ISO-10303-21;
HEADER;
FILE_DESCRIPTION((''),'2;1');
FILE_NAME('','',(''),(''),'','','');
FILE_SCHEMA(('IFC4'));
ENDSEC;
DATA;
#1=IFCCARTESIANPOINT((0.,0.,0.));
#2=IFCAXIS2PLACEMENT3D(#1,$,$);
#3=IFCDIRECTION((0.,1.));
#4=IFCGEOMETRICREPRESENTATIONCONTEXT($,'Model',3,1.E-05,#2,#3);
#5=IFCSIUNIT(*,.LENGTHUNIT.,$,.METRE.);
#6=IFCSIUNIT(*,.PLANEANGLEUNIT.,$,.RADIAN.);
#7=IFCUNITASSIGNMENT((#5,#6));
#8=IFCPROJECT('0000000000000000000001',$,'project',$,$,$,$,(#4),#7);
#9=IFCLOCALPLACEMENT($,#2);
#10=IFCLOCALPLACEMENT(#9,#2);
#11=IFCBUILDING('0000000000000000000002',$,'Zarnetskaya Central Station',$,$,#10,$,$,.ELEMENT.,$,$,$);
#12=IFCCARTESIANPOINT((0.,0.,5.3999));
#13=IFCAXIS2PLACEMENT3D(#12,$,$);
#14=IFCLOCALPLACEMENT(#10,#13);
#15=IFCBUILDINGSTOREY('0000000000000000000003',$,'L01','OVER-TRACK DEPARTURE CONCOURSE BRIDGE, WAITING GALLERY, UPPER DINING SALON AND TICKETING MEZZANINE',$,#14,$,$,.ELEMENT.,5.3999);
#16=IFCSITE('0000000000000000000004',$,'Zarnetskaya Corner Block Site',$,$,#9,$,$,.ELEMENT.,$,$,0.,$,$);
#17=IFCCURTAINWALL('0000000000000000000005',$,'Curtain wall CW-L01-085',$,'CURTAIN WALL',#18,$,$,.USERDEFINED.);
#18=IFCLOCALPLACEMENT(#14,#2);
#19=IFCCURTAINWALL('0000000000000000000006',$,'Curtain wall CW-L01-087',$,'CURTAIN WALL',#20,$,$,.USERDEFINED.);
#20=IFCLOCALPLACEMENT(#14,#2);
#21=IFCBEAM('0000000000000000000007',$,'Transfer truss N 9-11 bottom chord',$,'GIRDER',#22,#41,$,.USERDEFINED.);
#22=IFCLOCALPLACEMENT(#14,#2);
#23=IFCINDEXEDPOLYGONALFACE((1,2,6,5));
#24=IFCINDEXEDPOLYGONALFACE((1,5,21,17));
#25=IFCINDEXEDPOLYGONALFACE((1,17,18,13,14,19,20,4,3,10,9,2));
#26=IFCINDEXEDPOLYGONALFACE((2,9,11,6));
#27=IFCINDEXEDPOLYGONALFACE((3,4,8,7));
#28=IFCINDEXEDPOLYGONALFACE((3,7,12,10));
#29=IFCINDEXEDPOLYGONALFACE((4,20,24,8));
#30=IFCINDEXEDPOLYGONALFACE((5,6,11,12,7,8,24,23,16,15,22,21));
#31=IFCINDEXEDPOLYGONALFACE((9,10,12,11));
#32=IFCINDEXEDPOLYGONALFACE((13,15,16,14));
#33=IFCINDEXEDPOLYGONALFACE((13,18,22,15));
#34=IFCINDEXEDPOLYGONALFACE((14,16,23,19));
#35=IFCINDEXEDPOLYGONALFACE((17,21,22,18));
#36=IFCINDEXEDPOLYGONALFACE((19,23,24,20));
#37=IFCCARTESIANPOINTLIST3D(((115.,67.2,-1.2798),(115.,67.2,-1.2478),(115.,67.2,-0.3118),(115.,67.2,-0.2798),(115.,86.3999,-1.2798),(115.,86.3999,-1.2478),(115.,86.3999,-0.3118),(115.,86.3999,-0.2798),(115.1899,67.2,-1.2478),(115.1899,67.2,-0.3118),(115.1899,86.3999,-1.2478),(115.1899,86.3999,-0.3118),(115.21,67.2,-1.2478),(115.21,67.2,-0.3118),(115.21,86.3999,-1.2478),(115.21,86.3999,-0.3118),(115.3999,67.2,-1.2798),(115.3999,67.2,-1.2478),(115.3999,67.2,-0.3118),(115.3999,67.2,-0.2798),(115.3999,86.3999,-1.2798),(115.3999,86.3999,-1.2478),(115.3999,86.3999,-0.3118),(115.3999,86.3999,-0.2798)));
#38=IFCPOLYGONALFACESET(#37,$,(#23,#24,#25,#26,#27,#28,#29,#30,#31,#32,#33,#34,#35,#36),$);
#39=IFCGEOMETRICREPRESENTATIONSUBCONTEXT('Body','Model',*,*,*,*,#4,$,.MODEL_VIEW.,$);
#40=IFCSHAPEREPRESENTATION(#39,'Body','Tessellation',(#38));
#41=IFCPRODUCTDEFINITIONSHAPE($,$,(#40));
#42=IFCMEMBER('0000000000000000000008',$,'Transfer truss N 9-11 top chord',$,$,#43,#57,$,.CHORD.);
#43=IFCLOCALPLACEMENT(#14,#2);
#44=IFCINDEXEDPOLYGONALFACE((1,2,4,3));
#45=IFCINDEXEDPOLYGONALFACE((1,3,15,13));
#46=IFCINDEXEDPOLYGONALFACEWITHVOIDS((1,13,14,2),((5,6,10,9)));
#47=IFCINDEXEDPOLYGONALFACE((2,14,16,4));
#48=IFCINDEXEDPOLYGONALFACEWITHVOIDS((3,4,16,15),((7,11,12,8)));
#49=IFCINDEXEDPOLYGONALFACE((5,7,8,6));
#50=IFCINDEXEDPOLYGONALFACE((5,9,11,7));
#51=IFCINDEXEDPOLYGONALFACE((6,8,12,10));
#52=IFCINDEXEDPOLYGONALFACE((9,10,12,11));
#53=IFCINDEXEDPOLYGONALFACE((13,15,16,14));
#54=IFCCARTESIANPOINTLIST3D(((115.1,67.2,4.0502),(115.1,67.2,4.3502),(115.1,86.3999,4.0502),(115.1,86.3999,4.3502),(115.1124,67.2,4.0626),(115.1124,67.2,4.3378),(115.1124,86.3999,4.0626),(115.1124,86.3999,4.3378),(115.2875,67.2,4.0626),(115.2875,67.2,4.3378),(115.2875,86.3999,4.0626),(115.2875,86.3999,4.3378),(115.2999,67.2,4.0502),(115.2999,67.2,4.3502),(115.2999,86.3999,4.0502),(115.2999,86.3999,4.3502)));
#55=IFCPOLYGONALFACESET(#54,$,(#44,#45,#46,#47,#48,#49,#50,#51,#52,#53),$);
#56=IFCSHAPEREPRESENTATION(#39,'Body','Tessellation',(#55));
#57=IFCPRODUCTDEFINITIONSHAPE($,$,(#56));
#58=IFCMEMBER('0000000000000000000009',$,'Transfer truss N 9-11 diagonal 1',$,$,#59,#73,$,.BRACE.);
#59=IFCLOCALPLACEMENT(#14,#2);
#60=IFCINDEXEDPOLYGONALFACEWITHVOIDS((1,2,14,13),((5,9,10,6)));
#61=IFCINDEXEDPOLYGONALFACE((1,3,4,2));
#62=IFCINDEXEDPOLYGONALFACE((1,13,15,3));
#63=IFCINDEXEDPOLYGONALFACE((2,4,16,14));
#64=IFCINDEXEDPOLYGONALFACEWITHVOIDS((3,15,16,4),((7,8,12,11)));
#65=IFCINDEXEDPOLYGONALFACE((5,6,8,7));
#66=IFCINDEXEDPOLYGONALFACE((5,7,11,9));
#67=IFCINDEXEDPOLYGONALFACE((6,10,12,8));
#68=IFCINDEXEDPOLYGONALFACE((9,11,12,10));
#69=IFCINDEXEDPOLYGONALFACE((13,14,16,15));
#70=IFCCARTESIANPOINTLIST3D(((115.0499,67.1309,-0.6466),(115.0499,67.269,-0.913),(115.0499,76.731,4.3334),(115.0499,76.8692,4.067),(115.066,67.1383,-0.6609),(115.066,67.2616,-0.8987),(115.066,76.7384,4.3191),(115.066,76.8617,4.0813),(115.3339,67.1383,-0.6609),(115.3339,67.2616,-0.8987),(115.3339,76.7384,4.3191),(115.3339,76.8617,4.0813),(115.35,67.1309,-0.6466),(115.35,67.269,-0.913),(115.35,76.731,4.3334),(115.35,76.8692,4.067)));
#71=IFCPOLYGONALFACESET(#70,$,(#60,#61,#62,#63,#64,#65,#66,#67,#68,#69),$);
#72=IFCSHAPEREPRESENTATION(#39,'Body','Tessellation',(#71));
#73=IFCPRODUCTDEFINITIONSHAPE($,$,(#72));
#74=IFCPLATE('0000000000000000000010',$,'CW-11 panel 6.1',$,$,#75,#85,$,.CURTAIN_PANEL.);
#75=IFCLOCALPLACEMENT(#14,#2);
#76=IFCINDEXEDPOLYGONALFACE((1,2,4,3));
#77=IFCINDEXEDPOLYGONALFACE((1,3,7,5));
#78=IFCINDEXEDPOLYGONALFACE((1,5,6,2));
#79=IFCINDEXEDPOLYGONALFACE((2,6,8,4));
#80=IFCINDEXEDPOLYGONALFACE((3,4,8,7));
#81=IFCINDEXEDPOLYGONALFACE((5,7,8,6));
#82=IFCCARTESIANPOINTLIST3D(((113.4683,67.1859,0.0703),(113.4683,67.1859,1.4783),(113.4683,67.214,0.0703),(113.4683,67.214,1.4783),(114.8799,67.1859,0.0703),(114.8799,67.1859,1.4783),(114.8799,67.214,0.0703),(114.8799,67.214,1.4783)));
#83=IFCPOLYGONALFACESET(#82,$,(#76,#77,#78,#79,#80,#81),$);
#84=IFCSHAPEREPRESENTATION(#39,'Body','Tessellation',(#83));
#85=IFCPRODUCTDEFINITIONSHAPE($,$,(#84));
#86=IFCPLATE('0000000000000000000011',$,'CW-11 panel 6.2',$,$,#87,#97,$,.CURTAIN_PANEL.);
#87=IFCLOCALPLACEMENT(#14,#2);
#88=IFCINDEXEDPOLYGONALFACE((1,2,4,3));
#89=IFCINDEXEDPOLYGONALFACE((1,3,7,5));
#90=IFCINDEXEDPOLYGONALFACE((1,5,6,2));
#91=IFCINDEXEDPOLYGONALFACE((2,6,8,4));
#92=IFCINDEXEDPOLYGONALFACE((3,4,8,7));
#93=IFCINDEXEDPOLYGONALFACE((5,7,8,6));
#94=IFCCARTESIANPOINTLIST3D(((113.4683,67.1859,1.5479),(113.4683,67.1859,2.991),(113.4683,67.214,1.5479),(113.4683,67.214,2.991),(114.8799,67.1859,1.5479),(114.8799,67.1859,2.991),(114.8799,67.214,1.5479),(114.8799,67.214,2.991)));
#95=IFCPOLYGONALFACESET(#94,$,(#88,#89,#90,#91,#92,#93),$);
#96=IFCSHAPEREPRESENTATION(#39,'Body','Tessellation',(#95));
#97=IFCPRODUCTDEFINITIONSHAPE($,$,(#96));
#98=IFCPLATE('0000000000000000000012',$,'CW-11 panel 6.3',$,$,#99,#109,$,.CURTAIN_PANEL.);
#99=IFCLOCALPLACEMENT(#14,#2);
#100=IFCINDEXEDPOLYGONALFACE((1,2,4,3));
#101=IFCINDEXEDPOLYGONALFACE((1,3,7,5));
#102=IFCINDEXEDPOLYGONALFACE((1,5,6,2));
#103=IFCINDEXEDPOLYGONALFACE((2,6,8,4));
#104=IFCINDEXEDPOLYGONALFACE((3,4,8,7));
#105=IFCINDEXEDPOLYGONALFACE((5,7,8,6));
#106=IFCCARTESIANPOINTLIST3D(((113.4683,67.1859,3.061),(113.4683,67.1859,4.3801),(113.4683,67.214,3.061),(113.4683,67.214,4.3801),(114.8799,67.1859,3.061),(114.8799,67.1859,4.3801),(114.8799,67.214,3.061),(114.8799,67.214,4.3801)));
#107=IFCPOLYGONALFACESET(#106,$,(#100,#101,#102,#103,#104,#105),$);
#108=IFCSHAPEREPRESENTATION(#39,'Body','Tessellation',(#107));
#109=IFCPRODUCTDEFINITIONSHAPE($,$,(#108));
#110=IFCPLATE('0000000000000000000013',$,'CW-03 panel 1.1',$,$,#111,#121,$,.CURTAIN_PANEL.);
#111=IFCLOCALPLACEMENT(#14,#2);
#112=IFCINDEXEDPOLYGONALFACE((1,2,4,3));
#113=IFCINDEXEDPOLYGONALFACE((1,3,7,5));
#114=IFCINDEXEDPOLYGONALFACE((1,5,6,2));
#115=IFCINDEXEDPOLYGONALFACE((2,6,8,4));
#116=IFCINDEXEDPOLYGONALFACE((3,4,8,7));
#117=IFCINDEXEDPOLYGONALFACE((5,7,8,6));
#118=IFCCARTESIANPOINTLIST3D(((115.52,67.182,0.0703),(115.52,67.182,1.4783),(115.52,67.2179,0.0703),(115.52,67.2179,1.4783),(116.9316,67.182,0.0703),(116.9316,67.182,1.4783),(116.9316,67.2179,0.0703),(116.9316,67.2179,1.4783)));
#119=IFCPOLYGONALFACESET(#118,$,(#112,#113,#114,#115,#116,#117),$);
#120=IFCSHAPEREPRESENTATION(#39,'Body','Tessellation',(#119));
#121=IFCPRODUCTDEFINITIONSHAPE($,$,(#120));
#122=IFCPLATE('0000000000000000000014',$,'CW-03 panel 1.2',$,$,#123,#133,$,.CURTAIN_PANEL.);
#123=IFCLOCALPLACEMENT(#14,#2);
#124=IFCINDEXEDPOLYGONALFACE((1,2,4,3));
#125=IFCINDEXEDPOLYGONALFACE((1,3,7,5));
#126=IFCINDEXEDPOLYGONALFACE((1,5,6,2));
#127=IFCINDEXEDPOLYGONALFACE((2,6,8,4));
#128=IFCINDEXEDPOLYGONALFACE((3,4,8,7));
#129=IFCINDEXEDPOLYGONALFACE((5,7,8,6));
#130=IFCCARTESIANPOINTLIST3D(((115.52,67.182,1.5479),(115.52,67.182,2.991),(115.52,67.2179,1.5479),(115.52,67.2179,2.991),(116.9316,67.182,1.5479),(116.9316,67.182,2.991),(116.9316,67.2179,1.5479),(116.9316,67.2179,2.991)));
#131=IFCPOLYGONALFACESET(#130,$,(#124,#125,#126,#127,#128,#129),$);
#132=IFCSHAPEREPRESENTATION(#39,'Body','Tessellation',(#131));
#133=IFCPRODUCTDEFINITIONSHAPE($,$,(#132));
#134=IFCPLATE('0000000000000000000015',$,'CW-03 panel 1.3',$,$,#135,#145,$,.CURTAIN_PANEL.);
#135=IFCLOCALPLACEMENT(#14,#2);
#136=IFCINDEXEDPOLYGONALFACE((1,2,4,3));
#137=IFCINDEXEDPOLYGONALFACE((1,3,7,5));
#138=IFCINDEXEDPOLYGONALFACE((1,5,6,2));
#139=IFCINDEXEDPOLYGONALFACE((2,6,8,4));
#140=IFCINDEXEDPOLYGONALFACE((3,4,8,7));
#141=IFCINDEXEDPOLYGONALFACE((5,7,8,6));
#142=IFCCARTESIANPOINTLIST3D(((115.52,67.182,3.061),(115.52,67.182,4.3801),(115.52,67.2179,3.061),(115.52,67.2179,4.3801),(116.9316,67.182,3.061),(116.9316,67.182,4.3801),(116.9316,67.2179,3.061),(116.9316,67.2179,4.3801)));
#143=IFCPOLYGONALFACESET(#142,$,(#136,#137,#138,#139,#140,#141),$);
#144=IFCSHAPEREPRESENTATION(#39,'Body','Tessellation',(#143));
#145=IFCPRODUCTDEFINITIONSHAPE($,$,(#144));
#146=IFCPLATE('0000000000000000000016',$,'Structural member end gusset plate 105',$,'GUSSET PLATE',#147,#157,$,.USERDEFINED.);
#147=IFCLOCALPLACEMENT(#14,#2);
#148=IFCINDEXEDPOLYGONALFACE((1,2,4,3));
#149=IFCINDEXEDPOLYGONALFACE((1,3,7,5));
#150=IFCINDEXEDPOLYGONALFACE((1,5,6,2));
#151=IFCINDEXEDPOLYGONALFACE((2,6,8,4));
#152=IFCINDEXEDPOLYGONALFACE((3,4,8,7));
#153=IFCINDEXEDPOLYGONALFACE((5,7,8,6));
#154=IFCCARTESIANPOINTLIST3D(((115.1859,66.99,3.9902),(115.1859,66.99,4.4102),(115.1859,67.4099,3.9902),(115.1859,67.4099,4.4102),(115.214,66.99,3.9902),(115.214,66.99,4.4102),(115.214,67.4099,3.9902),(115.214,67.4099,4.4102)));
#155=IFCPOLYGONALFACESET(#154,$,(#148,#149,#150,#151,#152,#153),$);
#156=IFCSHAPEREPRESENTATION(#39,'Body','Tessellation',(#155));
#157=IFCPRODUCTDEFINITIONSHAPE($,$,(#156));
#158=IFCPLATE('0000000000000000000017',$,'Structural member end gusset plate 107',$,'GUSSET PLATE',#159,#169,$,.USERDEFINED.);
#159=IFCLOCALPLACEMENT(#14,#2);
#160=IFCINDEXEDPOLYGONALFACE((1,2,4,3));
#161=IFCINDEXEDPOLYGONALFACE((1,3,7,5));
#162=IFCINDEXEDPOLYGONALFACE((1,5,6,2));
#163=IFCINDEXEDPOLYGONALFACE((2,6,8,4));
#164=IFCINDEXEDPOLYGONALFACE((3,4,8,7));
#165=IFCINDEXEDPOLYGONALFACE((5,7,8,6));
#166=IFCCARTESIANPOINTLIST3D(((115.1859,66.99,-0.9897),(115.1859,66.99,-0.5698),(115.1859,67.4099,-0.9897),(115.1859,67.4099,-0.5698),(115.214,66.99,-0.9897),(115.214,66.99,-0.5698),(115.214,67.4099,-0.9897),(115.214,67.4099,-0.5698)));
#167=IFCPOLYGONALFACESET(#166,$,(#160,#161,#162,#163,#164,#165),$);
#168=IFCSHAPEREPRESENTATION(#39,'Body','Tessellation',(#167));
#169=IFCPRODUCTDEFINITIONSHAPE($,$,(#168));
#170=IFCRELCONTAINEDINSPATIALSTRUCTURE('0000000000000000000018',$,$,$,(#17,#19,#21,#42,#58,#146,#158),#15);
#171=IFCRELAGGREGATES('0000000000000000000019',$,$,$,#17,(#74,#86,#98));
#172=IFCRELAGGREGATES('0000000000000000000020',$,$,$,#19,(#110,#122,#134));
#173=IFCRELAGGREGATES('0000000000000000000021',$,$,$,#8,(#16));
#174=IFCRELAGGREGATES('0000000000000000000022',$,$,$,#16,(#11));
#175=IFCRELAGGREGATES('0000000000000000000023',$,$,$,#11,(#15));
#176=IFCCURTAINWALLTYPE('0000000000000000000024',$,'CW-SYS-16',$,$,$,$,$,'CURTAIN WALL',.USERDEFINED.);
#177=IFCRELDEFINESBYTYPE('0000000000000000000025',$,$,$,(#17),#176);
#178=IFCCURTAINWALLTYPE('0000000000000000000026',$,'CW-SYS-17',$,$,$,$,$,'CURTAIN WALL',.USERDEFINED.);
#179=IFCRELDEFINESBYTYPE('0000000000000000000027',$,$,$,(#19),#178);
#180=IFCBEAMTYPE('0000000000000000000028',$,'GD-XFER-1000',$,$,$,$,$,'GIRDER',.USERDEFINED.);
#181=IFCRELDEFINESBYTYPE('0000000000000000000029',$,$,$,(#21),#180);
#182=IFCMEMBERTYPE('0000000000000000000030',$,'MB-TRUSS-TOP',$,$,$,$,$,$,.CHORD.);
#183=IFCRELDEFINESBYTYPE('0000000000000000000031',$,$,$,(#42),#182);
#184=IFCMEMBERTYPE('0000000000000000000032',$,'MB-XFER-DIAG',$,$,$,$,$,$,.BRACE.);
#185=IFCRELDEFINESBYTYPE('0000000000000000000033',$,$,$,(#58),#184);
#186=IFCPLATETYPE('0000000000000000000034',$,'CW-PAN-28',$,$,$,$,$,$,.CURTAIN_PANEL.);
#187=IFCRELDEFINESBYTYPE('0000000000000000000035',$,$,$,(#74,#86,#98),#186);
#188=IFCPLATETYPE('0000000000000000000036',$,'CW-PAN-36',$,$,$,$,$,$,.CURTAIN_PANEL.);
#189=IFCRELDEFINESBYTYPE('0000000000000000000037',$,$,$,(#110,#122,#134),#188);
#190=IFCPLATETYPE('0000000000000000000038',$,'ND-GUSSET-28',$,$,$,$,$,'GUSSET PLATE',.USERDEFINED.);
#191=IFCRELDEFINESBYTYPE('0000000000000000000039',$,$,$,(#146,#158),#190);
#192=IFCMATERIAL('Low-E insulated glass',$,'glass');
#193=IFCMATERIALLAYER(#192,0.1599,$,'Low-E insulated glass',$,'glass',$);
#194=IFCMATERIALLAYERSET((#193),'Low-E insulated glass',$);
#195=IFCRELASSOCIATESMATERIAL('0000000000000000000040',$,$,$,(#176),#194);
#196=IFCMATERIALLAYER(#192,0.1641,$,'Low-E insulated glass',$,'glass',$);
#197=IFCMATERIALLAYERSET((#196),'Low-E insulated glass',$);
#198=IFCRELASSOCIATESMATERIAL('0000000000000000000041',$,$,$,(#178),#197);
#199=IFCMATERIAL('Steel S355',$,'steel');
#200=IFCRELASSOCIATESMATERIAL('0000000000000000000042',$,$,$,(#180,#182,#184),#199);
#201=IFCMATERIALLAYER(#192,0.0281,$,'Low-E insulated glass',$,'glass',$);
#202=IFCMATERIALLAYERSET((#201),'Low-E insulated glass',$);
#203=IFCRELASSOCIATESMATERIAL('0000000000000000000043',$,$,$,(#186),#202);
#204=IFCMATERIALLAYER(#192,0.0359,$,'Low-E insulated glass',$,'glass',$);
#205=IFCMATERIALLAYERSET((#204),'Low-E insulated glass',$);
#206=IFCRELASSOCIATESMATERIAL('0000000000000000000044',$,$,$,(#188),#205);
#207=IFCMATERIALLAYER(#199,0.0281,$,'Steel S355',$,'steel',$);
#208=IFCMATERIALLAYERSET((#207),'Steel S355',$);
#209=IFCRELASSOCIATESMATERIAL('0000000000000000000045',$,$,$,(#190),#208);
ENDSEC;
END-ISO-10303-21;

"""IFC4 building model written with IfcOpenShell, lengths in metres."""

from ifc_helpers import new_model, si_unit, direction, frame, origin, origin_2d, place, context, subcontext, project, spatial, rectangle, hollow_rectangle, i_section, extrude, material, layer, layer_set, material_profile, profile_set, type_object, element, aggregate, save


model = new_model("IFC4")

# Units and contexts
model_context = context("Model", 3, precision=1e-05, world=origin(), true_north=direction((0.0, 1.0)))
body_context = subcontext(model_context, "Body", "Model", "MODEL_VIEW")
ifc_project = project(units=[si_unit("LENGTHUNIT", "METRE"), si_unit("PLANEANGLEUNIT", "RADIAN")], contexts=[model_context])

# Site, building, storey
site_placement = place(None, origin())
site = spatial("IfcSite", under=ifc_project, at=site_placement, Name="Zarnetskaya Corner Block Site", CompositionType="ELEMENT", RefElevation=0.0)
building_placement = place(site_placement, origin())
building = spatial("IfcBuilding", under=site, at=building_placement, Name="Zarnetskaya Central Station", CompositionType="ELEMENT")
storey_placement = place(building_placement, frame((0.0, 0.0, 5.3999)))
storey = spatial("IfcBuildingStorey", under=building, at=storey_placement, Name="L01", Description="OVER-TRACK DEPARTURE CONCOURSE BRIDGE, WAITING GALLERY, UPPER DINING SALON AND TICKETING MEZZANINE", CompositionType="ELEMENT", Elevation=5.3999)

# Shared definitions
ifc_material_1 = material(Name="Steel S355", Category="steel")

# Curtain wall
ifc_material_2 = material(Name="Low-E insulated glass", Category="glass")
ifc_layer_1 = layer(ifc_material_2, 0.1599, Name="Low-E insulated glass", Category="glass")
ifc_layer_set_1 = layer_set([ifc_layer_1], Name="Low-E insulated glass")
curtain_wall_type_1 = type_object("IfcCurtainWallType", Name="CW-SYS-16", ElementType="CURTAIN WALL", PredefinedType="USERDEFINED", material=ifc_layer_set_1)
curtain_wall_1_placement = place(storey_placement, origin())
curtain_wall_1 = element("IfcCurtainWall", 1, at=curtain_wall_1_placement, inside=storey, type_object=curtain_wall_type_1, Name="Curtain wall CW-L01-085", ObjectType="CURTAIN WALL", PredefinedType="USERDEFINED")

# Curtain wall
ifc_layer_2 = layer(ifc_material_2, 0.1641, Name="Low-E insulated glass", Category="glass")
ifc_layer_set_2 = layer_set([ifc_layer_2], Name="Low-E insulated glass")
curtain_wall_type_2 = type_object("IfcCurtainWallType", Name="CW-SYS-17", ElementType="CURTAIN WALL", PredefinedType="USERDEFINED", material=ifc_layer_set_2)
curtain_wall_2_placement = place(storey_placement, origin())
curtain_wall_2 = element("IfcCurtainWall", 2, at=curtain_wall_2_placement, inside=storey, type_object=curtain_wall_type_2, Name="Curtain wall CW-L01-087", ObjectType="CURTAIN WALL", PredefinedType="USERDEFINED")

# Beam
ifc_material_profile_1 = material_profile(ifc_material_1, i_section(OverallWidth=0.3999, OverallDepth=1.0, WebThickness=0.02, FlangeThickness=0.032, at=origin_2d()), Name="PG 1000x400x20x32")
ifc_profile_set_1 = profile_set([ifc_material_profile_1], Name="Steel S355")
beam_type_1 = type_object("IfcBeamType", Name="GD-XFER-1000", ElementType="GIRDER", PredefinedType="USERDEFINED", material=ifc_profile_set_1)
beam_placement = place(storey_placement, frame((115.2, 67.2, -0.7798), z_axis=(0.0, 1.0, 0.0), x_axis=(-1.0, 0.0, 0.0)))
element("IfcBeam", 3, at=beam_placement, inside=storey, type_object=beam_type_1, Name="Transfer truss N 9-11 bottom chord", ObjectType="GIRDER", PredefinedType="USERDEFINED", context=body_context, shape_type="SweptSolid", body=[
    extrude(i_section(OverallWidth=0.3999, OverallDepth=1.0, WebThickness=0.02, FlangeThickness=0.032, at=origin_2d()), origin(), (0.0, 0.0, 1.0), 19.2),
])

# Members
ifc_material_profile_2 = material_profile(ifc_material_1, hollow_rectangle(XDim=0.2, YDim=0.3, WallThickness=0.0125, at=origin_2d()), Name="RHS 300x200x12.5")
ifc_profile_set_2 = profile_set([ifc_material_profile_2], Name="Steel S355")
member_type_1 = type_object("IfcMemberType", Name="MB-TRUSS-TOP", PredefinedType="CHORD", material=ifc_profile_set_2)
member_1_placement = place(storey_placement, frame((115.2, 67.2, 4.2002), z_axis=(0.0, 1.0, 0.0), x_axis=(-1.0, 0.0, 0.0)))
element("IfcMember", 4, at=member_1_placement, inside=storey, type_object=member_type_1, Name="Transfer truss N 9-11 top chord", PredefinedType="CHORD", context=body_context, shape_type="SweptSolid", body=[
    extrude(hollow_rectangle(XDim=0.2, YDim=0.3, WallThickness=0.0125, at=origin_2d()), origin(), (0.0, 0.0, 1.0), 19.2),
])
ifc_material_profile_3 = material_profile(ifc_material_1, hollow_rectangle(XDim=0.3, YDim=0.3, WallThickness=0.0161, at=origin_2d()), Name="SHS 300x300x16")
ifc_profile_set_3 = profile_set([ifc_material_profile_3], Name="Steel S355")
member_type_2 = type_object("IfcMemberType", Name="MB-XFER-DIAG", PredefinedType="BRACE", material=ifc_profile_set_3)
member_2_placement = place(storey_placement, frame((115.2, 67.2, -0.7798), z_axis=(0.0, 0.887673, 0.460474), x_axis=(-1.0, 0.0, 0.0)))
element("IfcMember", 5, at=member_2_placement, inside=storey, type_object=member_type_2, Name="Transfer truss N 9-11 diagonal 1", PredefinedType="BRACE", context=body_context, shape_type="SweptSolid", body=[
    extrude(hollow_rectangle(XDim=0.3, YDim=0.3, WallThickness=0.0161, at=origin_2d()), origin(), (0.0, 0.0, 1.0), 10.8149),
])

# Plates
ifc_layer_3 = layer(ifc_material_2, 0.0281, Name="Low-E insulated glass", Category="glass")
ifc_layer_set_3 = layer_set([ifc_layer_3], Name="Low-E insulated glass")
plate_type_1 = type_object("IfcPlateType", Name="CW-PAN-28", PredefinedType="CURTAIN_PANEL", material=ifc_layer_set_3)
plate_1_placement = place(storey_placement, frame((114.1741, 67.2, 0.0703), z_axis=(0.0, 0.0, 1.0), x_axis=(1.0, 0.0, 0.0)))
plate_1 = element("IfcPlate", 6, at=plate_1_placement, type_object=plate_type_1, Name="CW-11 panel 6.1", PredefinedType="CURTAIN_PANEL", context=body_context, shape_type="SweptSolid", body=[
    extrude(rectangle(XDim=1.4116, YDim=0.0281, at=origin_2d()), origin(), (0.0, 0.0, 1.0), 1.408),
])
plate_2_placement = place(storey_placement, frame((114.1741, 67.2, 1.5479), z_axis=(0.0, 0.0, 1.0), x_axis=(1.0, 0.0, 0.0)))
plate_2 = element("IfcPlate", 7, at=plate_2_placement, type_object=plate_type_1, Name="CW-11 panel 6.2", PredefinedType="CURTAIN_PANEL", context=body_context, shape_type="SweptSolid", body=[
    extrude(rectangle(XDim=1.4116, YDim=0.0281, at=origin_2d()), origin(), (0.0, 0.0, 1.0), 1.4431),
])
plate_3_placement = place(storey_placement, frame((114.1741, 67.2, 3.061), z_axis=(0.0, 0.0, 1.0), x_axis=(1.0, 0.0, 0.0)))
plate_3 = element("IfcPlate", 8, at=plate_3_placement, type_object=plate_type_1, Name="CW-11 panel 6.3", PredefinedType="CURTAIN_PANEL", context=body_context, shape_type="SweptSolid", body=[
    extrude(rectangle(XDim=1.4116, YDim=0.0281, at=origin_2d()), origin(), (0.0, 0.0, 1.0), 1.3191),
])
aggregate(curtain_wall_1, [plate_1, plate_2, plate_3])
ifc_layer_4 = layer(ifc_material_2, 0.0359, Name="Low-E insulated glass", Category="glass")
ifc_layer_set_4 = layer_set([ifc_layer_4], Name="Low-E insulated glass")
plate_type_2 = type_object("IfcPlateType", Name="CW-PAN-36", PredefinedType="CURTAIN_PANEL", material=ifc_layer_set_4)
plate_4_placement = place(storey_placement, frame((116.2258, 67.2, 0.0703), z_axis=(0.0, 0.0, 1.0), x_axis=(1.0, 0.0, 0.0)))
plate_4 = element("IfcPlate", 9, at=plate_4_placement, type_object=plate_type_2, Name="CW-03 panel 1.1", PredefinedType="CURTAIN_PANEL", context=body_context, shape_type="SweptSolid", body=[
    extrude(rectangle(XDim=1.4116, YDim=0.0359, at=origin_2d()), origin(), (0.0, 0.0, 1.0), 1.408),
])
plate_5_placement = place(storey_placement, frame((116.2258, 67.2, 1.5479), z_axis=(0.0, 0.0, 1.0), x_axis=(1.0, 0.0, 0.0)))
plate_5 = element("IfcPlate", 10, at=plate_5_placement, type_object=plate_type_2, Name="CW-03 panel 1.2", PredefinedType="CURTAIN_PANEL", context=body_context, shape_type="SweptSolid", body=[
    extrude(rectangle(XDim=1.4116, YDim=0.0359, at=origin_2d()), origin(), (0.0, 0.0, 1.0), 1.4431),
])
plate_6_placement = place(storey_placement, frame((116.2258, 67.2, 3.061), z_axis=(0.0, 0.0, 1.0), x_axis=(1.0, 0.0, 0.0)))
plate_6 = element("IfcPlate", 11, at=plate_6_placement, type_object=plate_type_2, Name="CW-03 panel 1.3", PredefinedType="CURTAIN_PANEL", context=body_context, shape_type="SweptSolid", body=[
    extrude(rectangle(XDim=1.4116, YDim=0.0359, at=origin_2d()), origin(), (0.0, 0.0, 1.0), 1.3191),
])
aggregate(curtain_wall_2, [plate_4, plate_5, plate_6])

# Plates
ifc_layer_5 = layer(ifc_material_1, 0.0281, Name="Steel S355", Category="steel")
ifc_layer_set_5 = layer_set([ifc_layer_5], Name="Steel S355")
plate_type_3 = type_object("IfcPlateType", Name="ND-GUSSET-28", ElementType="GUSSET PLATE", PredefinedType="USERDEFINED", material=ifc_layer_set_5)
for number, where, z_axis, x_axis, name in (
    (12, (115.2, 67.2, 3.9902), (0.0, 0.0, 1.0), (1.0, 0.0, 0.0), "Structural member end gusset plate 105"),
    (13, (115.2, 67.2, -0.9897), (0.0, 0.0, 1.0), (1.0, 0.0, 0.0), "Structural member end gusset plate 107"),
):
    element("IfcPlate", number, at=place(storey_placement, frame(where, z_axis=z_axis, x_axis=x_axis)), inside=storey, type_object=plate_type_3, Name=name, ObjectType="GUSSET PLATE", PredefinedType="USERDEFINED", context=body_context, shape_type="SweptSolid", body=[
        extrude(rectangle(XDim=0.0281, YDim=0.4199, at=origin_2d()), origin(), (0.0, 0.0, 1.0), 0.4199),
    ])

save(model, "model.ifc")
